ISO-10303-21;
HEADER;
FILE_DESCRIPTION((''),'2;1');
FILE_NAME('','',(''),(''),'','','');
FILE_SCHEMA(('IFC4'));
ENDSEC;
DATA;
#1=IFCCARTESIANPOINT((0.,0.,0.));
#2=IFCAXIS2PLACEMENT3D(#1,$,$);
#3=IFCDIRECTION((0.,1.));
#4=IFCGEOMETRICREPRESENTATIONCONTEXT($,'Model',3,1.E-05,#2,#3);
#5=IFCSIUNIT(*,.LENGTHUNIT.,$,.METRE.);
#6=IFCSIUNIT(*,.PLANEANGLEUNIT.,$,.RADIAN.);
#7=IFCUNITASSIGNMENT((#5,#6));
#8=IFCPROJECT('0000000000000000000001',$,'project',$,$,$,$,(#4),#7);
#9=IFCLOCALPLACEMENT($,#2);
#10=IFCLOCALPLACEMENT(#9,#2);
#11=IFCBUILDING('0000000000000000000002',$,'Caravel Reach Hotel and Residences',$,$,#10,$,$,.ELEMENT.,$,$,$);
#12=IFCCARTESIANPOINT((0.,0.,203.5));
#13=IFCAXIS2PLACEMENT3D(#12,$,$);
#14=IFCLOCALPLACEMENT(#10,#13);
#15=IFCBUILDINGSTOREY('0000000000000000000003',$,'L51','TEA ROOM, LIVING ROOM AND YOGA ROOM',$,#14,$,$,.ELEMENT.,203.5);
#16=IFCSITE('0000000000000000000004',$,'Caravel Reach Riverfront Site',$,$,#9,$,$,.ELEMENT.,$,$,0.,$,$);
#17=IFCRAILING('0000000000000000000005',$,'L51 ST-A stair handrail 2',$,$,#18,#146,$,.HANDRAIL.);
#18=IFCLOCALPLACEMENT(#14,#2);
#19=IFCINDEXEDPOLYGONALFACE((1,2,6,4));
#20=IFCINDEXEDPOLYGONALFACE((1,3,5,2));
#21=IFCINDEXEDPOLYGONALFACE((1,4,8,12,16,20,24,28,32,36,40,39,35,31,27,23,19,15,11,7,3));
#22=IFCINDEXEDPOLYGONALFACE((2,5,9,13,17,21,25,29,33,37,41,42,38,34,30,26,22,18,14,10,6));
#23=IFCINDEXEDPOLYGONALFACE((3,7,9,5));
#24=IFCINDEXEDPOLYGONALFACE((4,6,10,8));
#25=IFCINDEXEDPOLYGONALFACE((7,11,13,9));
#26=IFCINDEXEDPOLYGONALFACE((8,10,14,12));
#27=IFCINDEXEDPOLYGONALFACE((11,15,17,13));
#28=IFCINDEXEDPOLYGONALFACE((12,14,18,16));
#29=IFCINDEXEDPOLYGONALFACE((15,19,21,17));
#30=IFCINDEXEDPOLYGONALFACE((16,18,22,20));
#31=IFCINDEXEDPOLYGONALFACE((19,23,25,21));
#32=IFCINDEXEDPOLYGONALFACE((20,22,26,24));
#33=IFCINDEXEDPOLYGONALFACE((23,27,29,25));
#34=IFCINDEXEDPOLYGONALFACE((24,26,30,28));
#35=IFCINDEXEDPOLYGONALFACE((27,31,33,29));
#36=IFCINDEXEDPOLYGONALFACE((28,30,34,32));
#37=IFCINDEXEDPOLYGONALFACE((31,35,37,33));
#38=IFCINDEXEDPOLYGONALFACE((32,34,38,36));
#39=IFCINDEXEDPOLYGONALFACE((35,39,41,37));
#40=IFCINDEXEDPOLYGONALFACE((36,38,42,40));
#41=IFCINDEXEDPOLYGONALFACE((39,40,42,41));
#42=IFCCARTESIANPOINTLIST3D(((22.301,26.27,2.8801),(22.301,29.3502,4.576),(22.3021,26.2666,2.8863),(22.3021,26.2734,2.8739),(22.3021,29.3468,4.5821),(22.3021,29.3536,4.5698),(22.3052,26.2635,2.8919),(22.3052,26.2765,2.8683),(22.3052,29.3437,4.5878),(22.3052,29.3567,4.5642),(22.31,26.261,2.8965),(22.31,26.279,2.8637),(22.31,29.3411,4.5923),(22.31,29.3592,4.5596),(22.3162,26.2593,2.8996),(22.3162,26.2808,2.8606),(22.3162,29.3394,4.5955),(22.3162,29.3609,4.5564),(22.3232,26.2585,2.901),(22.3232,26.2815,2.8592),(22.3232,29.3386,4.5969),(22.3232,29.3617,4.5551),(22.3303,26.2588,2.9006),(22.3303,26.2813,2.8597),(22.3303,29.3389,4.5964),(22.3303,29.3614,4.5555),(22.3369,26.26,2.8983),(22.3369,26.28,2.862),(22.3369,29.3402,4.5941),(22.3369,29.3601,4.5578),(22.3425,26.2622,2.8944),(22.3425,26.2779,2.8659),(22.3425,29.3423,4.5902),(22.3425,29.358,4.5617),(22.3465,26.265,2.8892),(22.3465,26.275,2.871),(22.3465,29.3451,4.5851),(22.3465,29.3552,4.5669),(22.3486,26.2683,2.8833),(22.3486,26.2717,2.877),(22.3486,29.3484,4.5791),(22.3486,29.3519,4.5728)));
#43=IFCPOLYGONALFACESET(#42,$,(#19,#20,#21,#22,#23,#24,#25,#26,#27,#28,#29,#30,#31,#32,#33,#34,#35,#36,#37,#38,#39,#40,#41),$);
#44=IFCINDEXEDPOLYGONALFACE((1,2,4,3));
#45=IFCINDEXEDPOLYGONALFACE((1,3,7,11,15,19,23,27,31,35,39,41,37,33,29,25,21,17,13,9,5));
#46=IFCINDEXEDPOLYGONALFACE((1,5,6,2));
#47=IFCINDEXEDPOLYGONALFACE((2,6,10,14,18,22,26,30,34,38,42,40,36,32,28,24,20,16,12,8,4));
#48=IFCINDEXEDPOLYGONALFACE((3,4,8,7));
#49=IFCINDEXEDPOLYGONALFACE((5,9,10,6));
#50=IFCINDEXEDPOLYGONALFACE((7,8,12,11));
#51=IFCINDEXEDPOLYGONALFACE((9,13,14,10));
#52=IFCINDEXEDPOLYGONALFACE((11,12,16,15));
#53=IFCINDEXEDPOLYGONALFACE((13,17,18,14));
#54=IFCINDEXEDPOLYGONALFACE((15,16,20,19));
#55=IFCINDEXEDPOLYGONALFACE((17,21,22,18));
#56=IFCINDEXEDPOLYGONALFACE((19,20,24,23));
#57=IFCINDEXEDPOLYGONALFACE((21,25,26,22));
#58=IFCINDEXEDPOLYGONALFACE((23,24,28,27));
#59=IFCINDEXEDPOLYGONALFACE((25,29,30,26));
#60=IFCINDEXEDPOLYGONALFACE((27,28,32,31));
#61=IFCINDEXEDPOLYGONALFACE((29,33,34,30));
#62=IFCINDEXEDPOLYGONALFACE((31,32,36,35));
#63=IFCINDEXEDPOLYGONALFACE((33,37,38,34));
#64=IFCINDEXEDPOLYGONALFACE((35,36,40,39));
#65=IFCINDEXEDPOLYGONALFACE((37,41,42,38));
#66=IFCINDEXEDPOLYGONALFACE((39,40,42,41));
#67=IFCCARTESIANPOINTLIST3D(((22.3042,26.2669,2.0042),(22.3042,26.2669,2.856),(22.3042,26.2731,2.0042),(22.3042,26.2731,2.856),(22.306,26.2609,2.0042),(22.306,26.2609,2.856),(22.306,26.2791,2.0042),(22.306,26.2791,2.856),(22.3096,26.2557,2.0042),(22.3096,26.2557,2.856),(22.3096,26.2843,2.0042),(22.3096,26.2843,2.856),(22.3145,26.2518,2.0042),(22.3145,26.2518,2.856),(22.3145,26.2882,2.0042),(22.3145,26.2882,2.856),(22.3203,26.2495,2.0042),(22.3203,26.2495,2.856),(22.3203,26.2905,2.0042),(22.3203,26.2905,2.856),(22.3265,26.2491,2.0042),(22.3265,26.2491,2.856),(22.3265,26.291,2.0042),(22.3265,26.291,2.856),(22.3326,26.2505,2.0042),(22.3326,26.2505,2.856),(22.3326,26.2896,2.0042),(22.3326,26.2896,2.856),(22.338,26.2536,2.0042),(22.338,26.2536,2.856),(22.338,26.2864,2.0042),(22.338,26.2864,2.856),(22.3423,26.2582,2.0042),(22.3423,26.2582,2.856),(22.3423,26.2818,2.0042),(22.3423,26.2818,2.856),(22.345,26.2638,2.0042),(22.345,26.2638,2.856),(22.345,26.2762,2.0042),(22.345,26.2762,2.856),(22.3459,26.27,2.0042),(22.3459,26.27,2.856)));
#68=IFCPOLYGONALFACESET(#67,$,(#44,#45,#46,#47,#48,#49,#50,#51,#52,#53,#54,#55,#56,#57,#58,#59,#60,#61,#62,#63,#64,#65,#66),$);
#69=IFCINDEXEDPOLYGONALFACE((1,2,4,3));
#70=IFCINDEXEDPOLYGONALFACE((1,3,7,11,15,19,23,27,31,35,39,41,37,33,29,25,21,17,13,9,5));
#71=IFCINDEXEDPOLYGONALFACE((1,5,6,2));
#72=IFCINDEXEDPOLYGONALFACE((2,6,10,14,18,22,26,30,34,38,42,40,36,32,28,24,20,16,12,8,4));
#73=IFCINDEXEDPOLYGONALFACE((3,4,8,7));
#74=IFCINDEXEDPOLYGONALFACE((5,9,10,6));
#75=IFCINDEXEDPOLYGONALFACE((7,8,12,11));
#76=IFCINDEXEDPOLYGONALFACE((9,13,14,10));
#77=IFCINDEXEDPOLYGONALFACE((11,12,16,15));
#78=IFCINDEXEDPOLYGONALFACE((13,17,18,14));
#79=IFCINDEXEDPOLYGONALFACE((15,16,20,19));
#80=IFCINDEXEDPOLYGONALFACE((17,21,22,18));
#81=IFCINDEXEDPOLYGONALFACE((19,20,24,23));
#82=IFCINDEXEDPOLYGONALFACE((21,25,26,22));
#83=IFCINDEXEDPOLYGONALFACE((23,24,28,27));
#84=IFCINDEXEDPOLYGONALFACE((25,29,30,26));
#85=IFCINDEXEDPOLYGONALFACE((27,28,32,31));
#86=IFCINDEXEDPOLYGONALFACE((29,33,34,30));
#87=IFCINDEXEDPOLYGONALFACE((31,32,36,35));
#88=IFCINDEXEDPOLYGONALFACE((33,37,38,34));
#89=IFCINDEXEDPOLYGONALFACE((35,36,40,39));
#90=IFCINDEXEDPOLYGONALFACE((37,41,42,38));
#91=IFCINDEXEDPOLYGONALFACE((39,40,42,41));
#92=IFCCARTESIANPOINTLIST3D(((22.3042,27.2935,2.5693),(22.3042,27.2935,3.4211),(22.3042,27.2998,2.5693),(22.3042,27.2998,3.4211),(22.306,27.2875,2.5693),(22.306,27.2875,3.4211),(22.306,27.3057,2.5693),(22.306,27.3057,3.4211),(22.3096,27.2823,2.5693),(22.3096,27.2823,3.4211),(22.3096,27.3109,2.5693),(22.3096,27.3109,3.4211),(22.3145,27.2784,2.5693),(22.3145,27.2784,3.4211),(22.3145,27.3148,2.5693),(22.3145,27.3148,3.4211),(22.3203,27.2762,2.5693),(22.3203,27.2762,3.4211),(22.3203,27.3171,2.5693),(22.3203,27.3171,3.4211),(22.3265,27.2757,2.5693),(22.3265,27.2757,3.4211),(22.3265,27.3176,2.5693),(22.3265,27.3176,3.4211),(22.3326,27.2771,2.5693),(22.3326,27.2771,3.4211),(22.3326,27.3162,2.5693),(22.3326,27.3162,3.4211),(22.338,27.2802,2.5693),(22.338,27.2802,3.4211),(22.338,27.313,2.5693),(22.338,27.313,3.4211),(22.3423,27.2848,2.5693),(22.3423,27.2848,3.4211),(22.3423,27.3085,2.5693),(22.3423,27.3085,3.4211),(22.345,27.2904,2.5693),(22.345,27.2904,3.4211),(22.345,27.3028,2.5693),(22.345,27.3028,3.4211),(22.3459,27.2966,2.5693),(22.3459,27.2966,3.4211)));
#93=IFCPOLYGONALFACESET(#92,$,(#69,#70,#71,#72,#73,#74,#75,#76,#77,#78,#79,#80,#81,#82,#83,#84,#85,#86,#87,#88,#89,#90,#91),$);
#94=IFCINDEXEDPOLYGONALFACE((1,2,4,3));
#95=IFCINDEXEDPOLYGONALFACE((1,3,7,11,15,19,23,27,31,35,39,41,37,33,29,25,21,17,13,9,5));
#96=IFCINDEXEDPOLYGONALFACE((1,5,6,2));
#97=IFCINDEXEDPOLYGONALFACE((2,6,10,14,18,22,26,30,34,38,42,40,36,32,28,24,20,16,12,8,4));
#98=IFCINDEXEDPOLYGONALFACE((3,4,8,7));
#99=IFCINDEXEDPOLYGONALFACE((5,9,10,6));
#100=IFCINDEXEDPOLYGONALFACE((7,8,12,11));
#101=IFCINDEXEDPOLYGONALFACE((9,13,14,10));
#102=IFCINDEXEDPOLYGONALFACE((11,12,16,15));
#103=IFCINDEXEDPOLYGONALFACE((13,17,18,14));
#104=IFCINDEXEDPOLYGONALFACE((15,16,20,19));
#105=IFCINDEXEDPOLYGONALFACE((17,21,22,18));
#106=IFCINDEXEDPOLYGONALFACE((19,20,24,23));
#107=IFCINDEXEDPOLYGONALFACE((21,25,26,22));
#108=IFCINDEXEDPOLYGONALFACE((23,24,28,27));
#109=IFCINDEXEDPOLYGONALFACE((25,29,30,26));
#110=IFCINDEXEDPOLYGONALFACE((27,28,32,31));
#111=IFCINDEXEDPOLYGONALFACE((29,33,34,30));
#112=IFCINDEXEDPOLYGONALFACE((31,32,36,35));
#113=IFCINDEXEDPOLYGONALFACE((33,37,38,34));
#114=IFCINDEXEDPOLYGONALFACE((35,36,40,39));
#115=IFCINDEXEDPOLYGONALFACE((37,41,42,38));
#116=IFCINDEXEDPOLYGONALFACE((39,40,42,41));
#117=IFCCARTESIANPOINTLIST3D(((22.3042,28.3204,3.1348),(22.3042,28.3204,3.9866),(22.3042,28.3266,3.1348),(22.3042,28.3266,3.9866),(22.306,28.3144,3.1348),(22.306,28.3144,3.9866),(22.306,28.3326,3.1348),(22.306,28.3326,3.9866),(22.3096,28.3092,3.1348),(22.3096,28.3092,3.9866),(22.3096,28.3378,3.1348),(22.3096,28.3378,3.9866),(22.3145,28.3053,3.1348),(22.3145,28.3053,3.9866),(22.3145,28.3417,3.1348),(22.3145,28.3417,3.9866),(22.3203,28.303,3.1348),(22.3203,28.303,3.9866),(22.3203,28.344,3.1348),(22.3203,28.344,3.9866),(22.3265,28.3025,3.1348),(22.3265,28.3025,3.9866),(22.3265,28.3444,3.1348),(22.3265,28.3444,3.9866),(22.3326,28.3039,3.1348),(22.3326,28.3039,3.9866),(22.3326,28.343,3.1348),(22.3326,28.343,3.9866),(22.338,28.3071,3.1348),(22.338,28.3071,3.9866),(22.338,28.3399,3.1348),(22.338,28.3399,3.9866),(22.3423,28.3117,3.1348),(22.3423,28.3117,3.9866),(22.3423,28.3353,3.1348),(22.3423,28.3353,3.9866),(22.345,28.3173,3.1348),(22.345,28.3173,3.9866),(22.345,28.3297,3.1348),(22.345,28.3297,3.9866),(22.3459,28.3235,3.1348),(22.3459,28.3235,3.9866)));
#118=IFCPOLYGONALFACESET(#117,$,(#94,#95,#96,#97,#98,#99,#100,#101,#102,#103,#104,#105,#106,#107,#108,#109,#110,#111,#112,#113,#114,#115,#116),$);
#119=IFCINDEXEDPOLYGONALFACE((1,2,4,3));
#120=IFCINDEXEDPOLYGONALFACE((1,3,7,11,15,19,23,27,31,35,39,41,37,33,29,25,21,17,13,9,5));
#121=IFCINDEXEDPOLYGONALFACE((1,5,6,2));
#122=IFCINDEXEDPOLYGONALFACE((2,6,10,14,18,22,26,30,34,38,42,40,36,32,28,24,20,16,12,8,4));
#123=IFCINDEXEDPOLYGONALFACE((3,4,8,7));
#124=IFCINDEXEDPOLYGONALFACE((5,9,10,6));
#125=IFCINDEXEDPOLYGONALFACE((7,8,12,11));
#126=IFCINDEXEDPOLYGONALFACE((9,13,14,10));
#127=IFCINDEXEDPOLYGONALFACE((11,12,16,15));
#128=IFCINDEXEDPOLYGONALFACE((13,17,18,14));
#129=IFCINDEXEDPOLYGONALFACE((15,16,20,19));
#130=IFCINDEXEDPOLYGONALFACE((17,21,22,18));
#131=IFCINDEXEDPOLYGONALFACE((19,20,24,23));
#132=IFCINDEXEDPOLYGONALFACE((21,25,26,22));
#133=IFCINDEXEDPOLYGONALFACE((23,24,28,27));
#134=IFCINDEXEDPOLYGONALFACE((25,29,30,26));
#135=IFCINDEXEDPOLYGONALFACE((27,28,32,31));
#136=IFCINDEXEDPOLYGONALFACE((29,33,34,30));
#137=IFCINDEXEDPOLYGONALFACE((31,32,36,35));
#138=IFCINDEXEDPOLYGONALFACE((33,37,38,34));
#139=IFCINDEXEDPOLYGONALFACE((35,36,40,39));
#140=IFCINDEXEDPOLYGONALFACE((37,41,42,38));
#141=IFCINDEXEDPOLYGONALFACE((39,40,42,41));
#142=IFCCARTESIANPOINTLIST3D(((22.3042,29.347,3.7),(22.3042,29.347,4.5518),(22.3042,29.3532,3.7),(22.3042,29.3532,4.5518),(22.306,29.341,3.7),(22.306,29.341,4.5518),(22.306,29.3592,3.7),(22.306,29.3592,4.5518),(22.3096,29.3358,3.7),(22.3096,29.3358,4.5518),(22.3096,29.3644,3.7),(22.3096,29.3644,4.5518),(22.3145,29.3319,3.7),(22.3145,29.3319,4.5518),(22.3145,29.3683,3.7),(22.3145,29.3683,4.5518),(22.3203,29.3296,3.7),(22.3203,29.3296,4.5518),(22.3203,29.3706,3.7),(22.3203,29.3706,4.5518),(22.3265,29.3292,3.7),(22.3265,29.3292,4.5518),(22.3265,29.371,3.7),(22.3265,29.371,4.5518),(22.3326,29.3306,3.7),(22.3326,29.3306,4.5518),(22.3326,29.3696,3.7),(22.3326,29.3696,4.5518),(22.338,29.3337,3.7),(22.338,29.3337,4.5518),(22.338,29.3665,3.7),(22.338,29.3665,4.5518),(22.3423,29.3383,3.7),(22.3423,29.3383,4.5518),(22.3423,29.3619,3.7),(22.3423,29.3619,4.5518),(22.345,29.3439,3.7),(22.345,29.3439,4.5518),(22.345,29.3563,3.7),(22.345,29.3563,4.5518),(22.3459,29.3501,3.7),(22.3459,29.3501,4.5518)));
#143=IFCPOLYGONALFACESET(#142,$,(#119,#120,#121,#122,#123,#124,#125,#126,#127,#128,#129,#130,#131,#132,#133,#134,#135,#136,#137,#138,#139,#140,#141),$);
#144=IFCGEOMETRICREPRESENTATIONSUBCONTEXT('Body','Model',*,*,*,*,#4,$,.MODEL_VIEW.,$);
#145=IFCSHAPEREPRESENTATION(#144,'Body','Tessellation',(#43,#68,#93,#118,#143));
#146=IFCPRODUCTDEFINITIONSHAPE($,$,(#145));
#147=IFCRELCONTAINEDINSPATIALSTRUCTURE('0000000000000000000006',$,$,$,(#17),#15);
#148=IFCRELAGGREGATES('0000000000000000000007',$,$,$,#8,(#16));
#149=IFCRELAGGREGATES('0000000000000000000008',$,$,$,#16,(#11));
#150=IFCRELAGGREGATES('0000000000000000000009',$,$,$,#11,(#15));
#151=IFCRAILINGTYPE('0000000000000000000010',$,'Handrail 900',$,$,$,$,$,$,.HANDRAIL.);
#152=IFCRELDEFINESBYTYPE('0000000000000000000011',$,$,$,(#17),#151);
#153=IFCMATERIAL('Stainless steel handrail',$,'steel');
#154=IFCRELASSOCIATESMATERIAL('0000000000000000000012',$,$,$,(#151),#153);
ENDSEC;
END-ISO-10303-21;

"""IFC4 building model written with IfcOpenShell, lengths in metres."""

from ifc_helpers import new_model, si_unit, direction, frame, origin, origin_2d, place, context, subcontext, project, spatial, circle, extrude, material, type_object, element, save


model = new_model("IFC4")

# Units and contexts
model_context = context("Model", 3, precision=1e-05, world=origin(), true_north=direction((0.0, 1.0)))
body_context = subcontext(model_context, "Body", "Model", "MODEL_VIEW")
ifc_project = project(units=[si_unit("LENGTHUNIT", "METRE"), si_unit("PLANEANGLEUNIT", "RADIAN")], contexts=[model_context])

# Site, building, storey
site_placement = place(None, origin())
site = spatial("IfcSite", under=ifc_project, at=site_placement, Name="Caravel Reach Riverfront Site", CompositionType="ELEMENT", RefElevation=0.0)
building_placement = place(site_placement, origin())
building = spatial("IfcBuilding", under=site, at=building_placement, Name="Caravel Reach Hotel and Residences", CompositionType="ELEMENT")
storey_placement = place(building_placement, frame((0.0, 0.0, 203.5)))
storey = spatial("IfcBuildingStorey", under=building, at=storey_placement, Name="L51", Description="TEA ROOM, LIVING ROOM AND YOGA ROOM", CompositionType="ELEMENT", Elevation=203.5)

# Railing
ifc_material_1 = material(Name="Stainless steel handrail", Category="steel")
railing_type_1 = type_object("IfcRailingType", Name="Handrail 900", PredefinedType="HANDRAIL", material=ifc_material_1)
railing_1_placement = place(storey_placement, frame((22.325, 26.27, 2.0042)))
element("IfcRailing", 1, at=railing_1_placement, inside=storey, type_object=railing_type_1, Name="L51 ST-A stair handrail 2", PredefinedType="HANDRAIL", context=body_context, shape_type="SweptSolid", body=[
    extrude(circle(Radius=0.0239, at=origin_2d()), frame((0.0, 0.0, 0.876), z_axis=(0.0, 0.876005, 0.482303), x_axis=(-1.0, 0.0, 0.0)), (0.0, 0.0, 1.0), 3.5161),
    extrude(circle(Radius=0.021, at=origin_2d()), origin(), (0.0, 0.0, 1.0), 0.8518),
    extrude(circle(Radius=0.021, at=origin_2d()), frame((0.0, 1.0266, 0.5652)), (0.0, 0.0, 1.0), 0.8518),
    extrude(circle(Radius=0.021, at=origin_2d()), frame((0.0, 2.0535, 1.1306)), (0.0, 0.0, 1.0), 0.8518),
    extrude(circle(Radius=0.021, at=origin_2d()), frame((0.0, 3.0801, 1.6958)), (0.0, 0.0, 1.0), 0.8518),
])

save(model, "model.ifc")
